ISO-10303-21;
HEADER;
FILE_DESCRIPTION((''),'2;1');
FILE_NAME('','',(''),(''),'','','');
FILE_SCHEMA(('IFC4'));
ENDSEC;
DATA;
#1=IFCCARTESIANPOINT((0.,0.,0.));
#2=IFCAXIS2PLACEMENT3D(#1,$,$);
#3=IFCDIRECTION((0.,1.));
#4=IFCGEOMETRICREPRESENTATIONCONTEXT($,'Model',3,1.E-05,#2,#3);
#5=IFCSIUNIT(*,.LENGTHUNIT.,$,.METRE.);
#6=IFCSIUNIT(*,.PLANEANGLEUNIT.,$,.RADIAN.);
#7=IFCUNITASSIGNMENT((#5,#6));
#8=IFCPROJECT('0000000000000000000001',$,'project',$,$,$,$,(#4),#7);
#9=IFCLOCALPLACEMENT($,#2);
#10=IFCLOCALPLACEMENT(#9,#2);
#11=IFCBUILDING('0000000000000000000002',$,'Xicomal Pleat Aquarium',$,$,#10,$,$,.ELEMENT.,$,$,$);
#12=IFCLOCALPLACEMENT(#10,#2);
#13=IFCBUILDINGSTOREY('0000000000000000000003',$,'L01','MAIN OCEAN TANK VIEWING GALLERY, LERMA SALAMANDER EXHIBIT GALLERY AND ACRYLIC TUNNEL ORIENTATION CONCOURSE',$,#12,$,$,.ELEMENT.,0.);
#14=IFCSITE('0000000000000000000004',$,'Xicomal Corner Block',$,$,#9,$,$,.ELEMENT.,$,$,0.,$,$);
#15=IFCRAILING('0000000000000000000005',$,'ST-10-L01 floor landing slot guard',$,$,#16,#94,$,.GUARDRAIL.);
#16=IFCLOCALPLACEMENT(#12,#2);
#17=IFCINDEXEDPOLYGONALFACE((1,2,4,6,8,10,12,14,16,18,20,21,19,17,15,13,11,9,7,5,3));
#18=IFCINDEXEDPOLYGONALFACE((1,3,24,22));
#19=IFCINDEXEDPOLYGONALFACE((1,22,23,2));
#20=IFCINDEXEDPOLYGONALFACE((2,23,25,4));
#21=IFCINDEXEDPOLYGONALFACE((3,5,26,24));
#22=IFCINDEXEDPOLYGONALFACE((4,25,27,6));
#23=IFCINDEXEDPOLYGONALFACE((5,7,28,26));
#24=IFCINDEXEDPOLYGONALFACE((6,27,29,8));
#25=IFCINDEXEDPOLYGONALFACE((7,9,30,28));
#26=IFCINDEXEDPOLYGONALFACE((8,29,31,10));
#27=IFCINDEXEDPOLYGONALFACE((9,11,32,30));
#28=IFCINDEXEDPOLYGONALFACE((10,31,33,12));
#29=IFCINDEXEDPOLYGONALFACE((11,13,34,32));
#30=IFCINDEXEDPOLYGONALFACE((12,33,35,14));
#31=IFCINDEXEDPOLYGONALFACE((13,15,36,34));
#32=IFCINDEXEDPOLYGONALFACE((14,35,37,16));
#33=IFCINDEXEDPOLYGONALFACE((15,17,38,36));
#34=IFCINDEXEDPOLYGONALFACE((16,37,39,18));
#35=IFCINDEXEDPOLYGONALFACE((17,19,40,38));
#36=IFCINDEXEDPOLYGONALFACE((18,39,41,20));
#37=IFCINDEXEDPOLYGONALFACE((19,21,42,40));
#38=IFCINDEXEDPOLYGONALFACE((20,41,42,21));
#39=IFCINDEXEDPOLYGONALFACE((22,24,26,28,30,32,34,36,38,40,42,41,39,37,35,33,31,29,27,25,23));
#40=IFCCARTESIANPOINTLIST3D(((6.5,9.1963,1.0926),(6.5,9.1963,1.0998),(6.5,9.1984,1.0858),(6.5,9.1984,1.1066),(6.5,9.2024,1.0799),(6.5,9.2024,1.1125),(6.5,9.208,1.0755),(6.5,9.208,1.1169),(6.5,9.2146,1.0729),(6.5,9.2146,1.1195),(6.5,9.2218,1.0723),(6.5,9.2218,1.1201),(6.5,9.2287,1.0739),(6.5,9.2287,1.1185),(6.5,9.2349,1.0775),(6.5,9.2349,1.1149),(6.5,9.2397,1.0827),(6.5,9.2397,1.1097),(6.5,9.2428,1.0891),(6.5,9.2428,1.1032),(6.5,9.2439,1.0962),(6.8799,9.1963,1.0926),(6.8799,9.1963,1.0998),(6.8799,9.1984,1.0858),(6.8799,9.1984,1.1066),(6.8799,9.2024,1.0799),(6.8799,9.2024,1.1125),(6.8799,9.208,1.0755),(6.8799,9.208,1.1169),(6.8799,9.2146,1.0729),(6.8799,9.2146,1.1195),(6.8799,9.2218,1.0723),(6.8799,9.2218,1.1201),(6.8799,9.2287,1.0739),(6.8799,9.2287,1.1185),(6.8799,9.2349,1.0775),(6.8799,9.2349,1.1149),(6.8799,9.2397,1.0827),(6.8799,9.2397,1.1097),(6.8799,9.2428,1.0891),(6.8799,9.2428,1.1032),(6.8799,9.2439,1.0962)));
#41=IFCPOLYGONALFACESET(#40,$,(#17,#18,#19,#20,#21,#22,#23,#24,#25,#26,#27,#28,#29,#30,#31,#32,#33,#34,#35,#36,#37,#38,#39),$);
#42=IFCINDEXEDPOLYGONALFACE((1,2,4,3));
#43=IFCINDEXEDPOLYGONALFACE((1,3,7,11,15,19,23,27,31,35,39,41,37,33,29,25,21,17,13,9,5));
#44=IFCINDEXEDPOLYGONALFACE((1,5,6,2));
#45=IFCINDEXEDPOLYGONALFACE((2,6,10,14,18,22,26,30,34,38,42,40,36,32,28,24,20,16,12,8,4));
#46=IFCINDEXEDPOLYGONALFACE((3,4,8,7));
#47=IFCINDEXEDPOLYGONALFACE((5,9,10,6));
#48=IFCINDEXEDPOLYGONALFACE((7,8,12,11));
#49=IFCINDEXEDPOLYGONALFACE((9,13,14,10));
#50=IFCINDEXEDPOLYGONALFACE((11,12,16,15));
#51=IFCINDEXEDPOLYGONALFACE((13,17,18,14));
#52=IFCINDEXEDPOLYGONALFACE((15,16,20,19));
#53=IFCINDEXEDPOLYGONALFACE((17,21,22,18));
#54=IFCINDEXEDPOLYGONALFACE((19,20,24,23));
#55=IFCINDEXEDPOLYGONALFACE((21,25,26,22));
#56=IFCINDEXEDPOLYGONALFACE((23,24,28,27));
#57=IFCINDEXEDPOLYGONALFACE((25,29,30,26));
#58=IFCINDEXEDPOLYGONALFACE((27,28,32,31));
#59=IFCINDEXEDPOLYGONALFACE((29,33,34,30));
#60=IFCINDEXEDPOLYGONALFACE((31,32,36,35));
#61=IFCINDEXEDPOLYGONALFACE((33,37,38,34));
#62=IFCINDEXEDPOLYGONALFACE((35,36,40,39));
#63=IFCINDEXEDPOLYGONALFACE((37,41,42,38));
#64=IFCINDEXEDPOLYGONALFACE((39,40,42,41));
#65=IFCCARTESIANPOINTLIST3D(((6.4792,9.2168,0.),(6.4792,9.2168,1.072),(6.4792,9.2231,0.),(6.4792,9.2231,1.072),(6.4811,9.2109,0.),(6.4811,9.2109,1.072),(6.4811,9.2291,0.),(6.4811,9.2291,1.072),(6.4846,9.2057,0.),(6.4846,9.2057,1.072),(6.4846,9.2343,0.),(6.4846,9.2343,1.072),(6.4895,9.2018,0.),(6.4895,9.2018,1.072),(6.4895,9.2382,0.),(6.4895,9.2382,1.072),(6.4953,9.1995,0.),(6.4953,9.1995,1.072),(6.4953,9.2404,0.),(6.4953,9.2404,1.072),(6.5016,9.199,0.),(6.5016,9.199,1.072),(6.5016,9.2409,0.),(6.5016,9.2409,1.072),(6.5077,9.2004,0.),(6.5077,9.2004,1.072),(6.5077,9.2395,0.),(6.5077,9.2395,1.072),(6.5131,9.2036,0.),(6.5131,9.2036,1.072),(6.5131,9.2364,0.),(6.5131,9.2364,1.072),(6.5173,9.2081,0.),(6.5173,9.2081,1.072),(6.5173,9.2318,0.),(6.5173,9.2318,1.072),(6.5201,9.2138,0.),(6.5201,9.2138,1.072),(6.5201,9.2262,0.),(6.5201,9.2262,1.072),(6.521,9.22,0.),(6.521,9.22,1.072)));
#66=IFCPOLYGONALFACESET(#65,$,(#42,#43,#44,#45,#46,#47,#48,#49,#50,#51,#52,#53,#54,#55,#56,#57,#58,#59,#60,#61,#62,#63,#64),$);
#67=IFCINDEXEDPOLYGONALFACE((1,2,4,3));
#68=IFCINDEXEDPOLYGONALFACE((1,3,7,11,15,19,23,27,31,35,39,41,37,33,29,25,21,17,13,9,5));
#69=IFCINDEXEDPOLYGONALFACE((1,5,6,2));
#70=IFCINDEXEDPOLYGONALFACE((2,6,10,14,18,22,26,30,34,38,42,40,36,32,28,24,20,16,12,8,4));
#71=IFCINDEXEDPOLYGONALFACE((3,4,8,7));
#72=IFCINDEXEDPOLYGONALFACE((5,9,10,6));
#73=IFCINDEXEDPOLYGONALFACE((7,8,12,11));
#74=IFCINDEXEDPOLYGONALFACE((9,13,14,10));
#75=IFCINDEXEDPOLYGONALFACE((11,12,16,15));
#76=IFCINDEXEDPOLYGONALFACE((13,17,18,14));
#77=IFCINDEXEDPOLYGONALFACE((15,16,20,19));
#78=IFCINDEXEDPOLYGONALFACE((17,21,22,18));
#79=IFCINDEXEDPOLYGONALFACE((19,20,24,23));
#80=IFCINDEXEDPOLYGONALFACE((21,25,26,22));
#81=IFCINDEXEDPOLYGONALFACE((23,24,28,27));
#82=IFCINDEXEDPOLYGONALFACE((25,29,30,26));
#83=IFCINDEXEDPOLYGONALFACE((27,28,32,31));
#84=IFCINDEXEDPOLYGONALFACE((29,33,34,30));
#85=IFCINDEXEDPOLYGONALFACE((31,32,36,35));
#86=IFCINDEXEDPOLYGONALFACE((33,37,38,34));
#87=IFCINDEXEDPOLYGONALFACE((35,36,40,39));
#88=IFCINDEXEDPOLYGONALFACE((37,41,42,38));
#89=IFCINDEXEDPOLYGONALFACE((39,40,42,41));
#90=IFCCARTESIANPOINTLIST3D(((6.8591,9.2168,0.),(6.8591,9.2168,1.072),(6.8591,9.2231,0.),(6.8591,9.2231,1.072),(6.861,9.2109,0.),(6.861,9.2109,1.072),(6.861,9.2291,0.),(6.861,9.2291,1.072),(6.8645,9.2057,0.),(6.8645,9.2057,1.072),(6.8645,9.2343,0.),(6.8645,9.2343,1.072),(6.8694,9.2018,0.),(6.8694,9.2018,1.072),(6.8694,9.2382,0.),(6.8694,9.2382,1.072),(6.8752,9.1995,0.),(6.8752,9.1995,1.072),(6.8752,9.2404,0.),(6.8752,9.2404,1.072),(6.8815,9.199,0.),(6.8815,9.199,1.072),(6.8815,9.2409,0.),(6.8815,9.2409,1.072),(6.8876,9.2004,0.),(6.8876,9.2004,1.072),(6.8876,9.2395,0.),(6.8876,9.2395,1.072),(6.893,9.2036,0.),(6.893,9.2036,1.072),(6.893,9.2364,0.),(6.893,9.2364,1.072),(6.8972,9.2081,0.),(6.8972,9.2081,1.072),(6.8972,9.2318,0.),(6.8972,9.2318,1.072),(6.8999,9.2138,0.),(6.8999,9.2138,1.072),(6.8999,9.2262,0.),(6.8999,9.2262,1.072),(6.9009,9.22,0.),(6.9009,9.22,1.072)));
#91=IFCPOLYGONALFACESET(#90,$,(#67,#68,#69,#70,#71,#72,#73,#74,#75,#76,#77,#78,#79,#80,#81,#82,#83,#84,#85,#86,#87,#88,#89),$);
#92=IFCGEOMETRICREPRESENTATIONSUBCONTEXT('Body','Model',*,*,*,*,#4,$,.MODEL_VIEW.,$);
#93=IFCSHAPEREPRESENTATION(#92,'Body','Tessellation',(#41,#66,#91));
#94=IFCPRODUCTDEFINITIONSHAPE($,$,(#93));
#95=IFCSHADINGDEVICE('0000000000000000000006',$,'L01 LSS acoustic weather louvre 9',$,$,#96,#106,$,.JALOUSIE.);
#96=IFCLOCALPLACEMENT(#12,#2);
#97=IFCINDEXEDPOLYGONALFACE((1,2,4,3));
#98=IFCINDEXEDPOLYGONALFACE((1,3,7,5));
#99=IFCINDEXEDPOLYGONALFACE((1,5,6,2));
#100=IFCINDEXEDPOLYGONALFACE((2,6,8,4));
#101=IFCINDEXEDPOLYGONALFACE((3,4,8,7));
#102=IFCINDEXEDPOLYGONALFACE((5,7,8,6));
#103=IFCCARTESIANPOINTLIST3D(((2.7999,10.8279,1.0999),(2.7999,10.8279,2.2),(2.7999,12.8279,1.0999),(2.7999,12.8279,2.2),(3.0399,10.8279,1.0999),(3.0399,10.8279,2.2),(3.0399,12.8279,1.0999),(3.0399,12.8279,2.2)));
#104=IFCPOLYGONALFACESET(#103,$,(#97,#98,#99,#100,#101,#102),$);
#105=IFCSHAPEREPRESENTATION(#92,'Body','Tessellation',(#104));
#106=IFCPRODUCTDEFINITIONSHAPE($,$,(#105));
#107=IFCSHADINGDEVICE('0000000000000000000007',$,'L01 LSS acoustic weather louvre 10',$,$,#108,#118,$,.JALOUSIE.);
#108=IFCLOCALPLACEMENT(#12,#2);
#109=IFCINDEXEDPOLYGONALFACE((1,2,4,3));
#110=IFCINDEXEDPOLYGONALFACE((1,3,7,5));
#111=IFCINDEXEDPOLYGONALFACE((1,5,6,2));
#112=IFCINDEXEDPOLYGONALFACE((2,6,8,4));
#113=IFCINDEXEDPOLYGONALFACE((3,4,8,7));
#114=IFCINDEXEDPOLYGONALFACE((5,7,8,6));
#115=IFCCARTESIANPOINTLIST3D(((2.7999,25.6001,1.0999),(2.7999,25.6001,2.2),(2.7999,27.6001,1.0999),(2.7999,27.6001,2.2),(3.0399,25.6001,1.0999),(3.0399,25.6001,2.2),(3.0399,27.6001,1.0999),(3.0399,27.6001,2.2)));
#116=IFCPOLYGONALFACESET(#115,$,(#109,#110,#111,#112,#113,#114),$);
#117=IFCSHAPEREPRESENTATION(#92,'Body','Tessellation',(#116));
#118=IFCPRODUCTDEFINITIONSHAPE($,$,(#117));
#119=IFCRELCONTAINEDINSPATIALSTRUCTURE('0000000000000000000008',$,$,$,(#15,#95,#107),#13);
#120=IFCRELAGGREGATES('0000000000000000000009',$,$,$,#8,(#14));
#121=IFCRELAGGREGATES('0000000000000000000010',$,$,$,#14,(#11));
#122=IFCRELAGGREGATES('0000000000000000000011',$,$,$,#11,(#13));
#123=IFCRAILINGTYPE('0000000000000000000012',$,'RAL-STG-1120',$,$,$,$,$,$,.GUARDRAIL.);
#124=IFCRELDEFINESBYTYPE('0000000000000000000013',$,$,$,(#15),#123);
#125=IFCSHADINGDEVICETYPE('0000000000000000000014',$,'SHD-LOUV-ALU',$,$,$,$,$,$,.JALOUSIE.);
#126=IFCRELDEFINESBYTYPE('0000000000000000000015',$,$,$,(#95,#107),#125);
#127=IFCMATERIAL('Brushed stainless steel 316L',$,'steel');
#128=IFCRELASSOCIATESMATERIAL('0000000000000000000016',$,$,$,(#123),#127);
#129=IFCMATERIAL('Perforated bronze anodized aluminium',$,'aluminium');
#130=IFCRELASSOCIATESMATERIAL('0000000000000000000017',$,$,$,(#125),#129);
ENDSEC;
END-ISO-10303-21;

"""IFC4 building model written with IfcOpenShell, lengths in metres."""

from ifc_helpers import new_model, si_unit, direction, frame, origin, origin_2d, place, context, subcontext, project, spatial, rectangle, circle, extrude, material, type_object, element, save


model = new_model("IFC4")

# Units and contexts
model_context = context("Model", 3, precision=1e-05, world=origin(), true_north=direction((0.0, 1.0)))
body_context = subcontext(model_context, "Body", "Model", "MODEL_VIEW")
ifc_project = project(units=[si_unit("LENGTHUNIT", "METRE"), si_unit("PLANEANGLEUNIT", "RADIAN")], contexts=[model_context])

# Site, building, storey
site_placement = place(None, origin())
site = spatial("IfcSite", under=ifc_project, at=site_placement, Name="Xicomal Corner Block", CompositionType="ELEMENT", RefElevation=0.0)
building_placement = place(site_placement, origin())
building = spatial("IfcBuilding", under=site, at=building_placement, Name="Xicomal Pleat Aquarium", CompositionType="ELEMENT")
storey_placement = place(building_placement, origin())
storey = spatial("IfcBuildingStorey", under=building, at=storey_placement, Name="L01", Description="MAIN OCEAN TANK VIEWING GALLERY, LERMA SALAMANDER EXHIBIT GALLERY AND ACRYLIC TUNNEL ORIENTATION CONCOURSE", CompositionType="ELEMENT", Elevation=0.0)

# Railing
ifc_material_1 = material(Name="Brushed stainless steel 316L", Category="steel")
railing_type_1 = type_object("IfcRailingType", Name="RAL-STG-1120", PredefinedType="GUARDRAIL", material=ifc_material_1)
railing_1_placement = place(storey_placement, frame((6.5, 9.22, 0.0)))
element("IfcRailing", 1, at=railing_1_placement, inside=storey, type_object=railing_type_1, Name="ST-10-L01 floor landing slot guard", PredefinedType="GUARDRAIL", context=body_context, shape_type="SweptSolid", body=[
    extrude(circle(Radius=0.0239, at=origin_2d()), frame((0.0, 0.0, 1.0962), z_axis=(1.0, 0.0, 0.0), x_axis=(0.0, 1.0, 0.0)), (0.0, 0.0, 1.0), 0.3799),
    extrude(circle(Radius=0.021, at=origin_2d()), origin(), (0.0, 0.0, 1.0), 1.072),
    extrude(circle(Radius=0.021, at=origin_2d()), frame((0.3799, 0.0, 0.0)), (0.0, 0.0, 1.0), 1.072),
])

# Shading devices
ifc_material_2 = material(Name="Perforated bronze anodized aluminium", Category="aluminium")
shading_device_type = type_object("IfcShadingDeviceType", Name="SHD-LOUV-ALU", PredefinedType="JALOUSIE", material=ifc_material_2)
for number, where, z_axis, x_axis, name in (
    (2, (2.9199, 11.8279, 1.0999), (0.0, 0.0, 1.0), (0.0, 1.0, 0.0), "L01 LSS acoustic weather louvre 9"),
    (3, (2.9199, 26.6001, 1.0999), (0.0, 0.0, 1.0), (0.0, 1.0, 0.0), "L01 LSS acoustic weather louvre 10"),
):
    element("IfcShadingDevice", number, at=place(storey_placement, frame(where, z_axis=z_axis, x_axis=x_axis)), inside=storey, type_object=shading_device_type, Name=name, PredefinedType="JALOUSIE", context=body_context, shape_type="SweptSolid", body=[
        extrude(rectangle(XDim=2.0, YDim=0.24, at=origin_2d()), origin(), (0.0, 0.0, 1.0), 1.1001),
    ])

save(model, "model.ifc")
